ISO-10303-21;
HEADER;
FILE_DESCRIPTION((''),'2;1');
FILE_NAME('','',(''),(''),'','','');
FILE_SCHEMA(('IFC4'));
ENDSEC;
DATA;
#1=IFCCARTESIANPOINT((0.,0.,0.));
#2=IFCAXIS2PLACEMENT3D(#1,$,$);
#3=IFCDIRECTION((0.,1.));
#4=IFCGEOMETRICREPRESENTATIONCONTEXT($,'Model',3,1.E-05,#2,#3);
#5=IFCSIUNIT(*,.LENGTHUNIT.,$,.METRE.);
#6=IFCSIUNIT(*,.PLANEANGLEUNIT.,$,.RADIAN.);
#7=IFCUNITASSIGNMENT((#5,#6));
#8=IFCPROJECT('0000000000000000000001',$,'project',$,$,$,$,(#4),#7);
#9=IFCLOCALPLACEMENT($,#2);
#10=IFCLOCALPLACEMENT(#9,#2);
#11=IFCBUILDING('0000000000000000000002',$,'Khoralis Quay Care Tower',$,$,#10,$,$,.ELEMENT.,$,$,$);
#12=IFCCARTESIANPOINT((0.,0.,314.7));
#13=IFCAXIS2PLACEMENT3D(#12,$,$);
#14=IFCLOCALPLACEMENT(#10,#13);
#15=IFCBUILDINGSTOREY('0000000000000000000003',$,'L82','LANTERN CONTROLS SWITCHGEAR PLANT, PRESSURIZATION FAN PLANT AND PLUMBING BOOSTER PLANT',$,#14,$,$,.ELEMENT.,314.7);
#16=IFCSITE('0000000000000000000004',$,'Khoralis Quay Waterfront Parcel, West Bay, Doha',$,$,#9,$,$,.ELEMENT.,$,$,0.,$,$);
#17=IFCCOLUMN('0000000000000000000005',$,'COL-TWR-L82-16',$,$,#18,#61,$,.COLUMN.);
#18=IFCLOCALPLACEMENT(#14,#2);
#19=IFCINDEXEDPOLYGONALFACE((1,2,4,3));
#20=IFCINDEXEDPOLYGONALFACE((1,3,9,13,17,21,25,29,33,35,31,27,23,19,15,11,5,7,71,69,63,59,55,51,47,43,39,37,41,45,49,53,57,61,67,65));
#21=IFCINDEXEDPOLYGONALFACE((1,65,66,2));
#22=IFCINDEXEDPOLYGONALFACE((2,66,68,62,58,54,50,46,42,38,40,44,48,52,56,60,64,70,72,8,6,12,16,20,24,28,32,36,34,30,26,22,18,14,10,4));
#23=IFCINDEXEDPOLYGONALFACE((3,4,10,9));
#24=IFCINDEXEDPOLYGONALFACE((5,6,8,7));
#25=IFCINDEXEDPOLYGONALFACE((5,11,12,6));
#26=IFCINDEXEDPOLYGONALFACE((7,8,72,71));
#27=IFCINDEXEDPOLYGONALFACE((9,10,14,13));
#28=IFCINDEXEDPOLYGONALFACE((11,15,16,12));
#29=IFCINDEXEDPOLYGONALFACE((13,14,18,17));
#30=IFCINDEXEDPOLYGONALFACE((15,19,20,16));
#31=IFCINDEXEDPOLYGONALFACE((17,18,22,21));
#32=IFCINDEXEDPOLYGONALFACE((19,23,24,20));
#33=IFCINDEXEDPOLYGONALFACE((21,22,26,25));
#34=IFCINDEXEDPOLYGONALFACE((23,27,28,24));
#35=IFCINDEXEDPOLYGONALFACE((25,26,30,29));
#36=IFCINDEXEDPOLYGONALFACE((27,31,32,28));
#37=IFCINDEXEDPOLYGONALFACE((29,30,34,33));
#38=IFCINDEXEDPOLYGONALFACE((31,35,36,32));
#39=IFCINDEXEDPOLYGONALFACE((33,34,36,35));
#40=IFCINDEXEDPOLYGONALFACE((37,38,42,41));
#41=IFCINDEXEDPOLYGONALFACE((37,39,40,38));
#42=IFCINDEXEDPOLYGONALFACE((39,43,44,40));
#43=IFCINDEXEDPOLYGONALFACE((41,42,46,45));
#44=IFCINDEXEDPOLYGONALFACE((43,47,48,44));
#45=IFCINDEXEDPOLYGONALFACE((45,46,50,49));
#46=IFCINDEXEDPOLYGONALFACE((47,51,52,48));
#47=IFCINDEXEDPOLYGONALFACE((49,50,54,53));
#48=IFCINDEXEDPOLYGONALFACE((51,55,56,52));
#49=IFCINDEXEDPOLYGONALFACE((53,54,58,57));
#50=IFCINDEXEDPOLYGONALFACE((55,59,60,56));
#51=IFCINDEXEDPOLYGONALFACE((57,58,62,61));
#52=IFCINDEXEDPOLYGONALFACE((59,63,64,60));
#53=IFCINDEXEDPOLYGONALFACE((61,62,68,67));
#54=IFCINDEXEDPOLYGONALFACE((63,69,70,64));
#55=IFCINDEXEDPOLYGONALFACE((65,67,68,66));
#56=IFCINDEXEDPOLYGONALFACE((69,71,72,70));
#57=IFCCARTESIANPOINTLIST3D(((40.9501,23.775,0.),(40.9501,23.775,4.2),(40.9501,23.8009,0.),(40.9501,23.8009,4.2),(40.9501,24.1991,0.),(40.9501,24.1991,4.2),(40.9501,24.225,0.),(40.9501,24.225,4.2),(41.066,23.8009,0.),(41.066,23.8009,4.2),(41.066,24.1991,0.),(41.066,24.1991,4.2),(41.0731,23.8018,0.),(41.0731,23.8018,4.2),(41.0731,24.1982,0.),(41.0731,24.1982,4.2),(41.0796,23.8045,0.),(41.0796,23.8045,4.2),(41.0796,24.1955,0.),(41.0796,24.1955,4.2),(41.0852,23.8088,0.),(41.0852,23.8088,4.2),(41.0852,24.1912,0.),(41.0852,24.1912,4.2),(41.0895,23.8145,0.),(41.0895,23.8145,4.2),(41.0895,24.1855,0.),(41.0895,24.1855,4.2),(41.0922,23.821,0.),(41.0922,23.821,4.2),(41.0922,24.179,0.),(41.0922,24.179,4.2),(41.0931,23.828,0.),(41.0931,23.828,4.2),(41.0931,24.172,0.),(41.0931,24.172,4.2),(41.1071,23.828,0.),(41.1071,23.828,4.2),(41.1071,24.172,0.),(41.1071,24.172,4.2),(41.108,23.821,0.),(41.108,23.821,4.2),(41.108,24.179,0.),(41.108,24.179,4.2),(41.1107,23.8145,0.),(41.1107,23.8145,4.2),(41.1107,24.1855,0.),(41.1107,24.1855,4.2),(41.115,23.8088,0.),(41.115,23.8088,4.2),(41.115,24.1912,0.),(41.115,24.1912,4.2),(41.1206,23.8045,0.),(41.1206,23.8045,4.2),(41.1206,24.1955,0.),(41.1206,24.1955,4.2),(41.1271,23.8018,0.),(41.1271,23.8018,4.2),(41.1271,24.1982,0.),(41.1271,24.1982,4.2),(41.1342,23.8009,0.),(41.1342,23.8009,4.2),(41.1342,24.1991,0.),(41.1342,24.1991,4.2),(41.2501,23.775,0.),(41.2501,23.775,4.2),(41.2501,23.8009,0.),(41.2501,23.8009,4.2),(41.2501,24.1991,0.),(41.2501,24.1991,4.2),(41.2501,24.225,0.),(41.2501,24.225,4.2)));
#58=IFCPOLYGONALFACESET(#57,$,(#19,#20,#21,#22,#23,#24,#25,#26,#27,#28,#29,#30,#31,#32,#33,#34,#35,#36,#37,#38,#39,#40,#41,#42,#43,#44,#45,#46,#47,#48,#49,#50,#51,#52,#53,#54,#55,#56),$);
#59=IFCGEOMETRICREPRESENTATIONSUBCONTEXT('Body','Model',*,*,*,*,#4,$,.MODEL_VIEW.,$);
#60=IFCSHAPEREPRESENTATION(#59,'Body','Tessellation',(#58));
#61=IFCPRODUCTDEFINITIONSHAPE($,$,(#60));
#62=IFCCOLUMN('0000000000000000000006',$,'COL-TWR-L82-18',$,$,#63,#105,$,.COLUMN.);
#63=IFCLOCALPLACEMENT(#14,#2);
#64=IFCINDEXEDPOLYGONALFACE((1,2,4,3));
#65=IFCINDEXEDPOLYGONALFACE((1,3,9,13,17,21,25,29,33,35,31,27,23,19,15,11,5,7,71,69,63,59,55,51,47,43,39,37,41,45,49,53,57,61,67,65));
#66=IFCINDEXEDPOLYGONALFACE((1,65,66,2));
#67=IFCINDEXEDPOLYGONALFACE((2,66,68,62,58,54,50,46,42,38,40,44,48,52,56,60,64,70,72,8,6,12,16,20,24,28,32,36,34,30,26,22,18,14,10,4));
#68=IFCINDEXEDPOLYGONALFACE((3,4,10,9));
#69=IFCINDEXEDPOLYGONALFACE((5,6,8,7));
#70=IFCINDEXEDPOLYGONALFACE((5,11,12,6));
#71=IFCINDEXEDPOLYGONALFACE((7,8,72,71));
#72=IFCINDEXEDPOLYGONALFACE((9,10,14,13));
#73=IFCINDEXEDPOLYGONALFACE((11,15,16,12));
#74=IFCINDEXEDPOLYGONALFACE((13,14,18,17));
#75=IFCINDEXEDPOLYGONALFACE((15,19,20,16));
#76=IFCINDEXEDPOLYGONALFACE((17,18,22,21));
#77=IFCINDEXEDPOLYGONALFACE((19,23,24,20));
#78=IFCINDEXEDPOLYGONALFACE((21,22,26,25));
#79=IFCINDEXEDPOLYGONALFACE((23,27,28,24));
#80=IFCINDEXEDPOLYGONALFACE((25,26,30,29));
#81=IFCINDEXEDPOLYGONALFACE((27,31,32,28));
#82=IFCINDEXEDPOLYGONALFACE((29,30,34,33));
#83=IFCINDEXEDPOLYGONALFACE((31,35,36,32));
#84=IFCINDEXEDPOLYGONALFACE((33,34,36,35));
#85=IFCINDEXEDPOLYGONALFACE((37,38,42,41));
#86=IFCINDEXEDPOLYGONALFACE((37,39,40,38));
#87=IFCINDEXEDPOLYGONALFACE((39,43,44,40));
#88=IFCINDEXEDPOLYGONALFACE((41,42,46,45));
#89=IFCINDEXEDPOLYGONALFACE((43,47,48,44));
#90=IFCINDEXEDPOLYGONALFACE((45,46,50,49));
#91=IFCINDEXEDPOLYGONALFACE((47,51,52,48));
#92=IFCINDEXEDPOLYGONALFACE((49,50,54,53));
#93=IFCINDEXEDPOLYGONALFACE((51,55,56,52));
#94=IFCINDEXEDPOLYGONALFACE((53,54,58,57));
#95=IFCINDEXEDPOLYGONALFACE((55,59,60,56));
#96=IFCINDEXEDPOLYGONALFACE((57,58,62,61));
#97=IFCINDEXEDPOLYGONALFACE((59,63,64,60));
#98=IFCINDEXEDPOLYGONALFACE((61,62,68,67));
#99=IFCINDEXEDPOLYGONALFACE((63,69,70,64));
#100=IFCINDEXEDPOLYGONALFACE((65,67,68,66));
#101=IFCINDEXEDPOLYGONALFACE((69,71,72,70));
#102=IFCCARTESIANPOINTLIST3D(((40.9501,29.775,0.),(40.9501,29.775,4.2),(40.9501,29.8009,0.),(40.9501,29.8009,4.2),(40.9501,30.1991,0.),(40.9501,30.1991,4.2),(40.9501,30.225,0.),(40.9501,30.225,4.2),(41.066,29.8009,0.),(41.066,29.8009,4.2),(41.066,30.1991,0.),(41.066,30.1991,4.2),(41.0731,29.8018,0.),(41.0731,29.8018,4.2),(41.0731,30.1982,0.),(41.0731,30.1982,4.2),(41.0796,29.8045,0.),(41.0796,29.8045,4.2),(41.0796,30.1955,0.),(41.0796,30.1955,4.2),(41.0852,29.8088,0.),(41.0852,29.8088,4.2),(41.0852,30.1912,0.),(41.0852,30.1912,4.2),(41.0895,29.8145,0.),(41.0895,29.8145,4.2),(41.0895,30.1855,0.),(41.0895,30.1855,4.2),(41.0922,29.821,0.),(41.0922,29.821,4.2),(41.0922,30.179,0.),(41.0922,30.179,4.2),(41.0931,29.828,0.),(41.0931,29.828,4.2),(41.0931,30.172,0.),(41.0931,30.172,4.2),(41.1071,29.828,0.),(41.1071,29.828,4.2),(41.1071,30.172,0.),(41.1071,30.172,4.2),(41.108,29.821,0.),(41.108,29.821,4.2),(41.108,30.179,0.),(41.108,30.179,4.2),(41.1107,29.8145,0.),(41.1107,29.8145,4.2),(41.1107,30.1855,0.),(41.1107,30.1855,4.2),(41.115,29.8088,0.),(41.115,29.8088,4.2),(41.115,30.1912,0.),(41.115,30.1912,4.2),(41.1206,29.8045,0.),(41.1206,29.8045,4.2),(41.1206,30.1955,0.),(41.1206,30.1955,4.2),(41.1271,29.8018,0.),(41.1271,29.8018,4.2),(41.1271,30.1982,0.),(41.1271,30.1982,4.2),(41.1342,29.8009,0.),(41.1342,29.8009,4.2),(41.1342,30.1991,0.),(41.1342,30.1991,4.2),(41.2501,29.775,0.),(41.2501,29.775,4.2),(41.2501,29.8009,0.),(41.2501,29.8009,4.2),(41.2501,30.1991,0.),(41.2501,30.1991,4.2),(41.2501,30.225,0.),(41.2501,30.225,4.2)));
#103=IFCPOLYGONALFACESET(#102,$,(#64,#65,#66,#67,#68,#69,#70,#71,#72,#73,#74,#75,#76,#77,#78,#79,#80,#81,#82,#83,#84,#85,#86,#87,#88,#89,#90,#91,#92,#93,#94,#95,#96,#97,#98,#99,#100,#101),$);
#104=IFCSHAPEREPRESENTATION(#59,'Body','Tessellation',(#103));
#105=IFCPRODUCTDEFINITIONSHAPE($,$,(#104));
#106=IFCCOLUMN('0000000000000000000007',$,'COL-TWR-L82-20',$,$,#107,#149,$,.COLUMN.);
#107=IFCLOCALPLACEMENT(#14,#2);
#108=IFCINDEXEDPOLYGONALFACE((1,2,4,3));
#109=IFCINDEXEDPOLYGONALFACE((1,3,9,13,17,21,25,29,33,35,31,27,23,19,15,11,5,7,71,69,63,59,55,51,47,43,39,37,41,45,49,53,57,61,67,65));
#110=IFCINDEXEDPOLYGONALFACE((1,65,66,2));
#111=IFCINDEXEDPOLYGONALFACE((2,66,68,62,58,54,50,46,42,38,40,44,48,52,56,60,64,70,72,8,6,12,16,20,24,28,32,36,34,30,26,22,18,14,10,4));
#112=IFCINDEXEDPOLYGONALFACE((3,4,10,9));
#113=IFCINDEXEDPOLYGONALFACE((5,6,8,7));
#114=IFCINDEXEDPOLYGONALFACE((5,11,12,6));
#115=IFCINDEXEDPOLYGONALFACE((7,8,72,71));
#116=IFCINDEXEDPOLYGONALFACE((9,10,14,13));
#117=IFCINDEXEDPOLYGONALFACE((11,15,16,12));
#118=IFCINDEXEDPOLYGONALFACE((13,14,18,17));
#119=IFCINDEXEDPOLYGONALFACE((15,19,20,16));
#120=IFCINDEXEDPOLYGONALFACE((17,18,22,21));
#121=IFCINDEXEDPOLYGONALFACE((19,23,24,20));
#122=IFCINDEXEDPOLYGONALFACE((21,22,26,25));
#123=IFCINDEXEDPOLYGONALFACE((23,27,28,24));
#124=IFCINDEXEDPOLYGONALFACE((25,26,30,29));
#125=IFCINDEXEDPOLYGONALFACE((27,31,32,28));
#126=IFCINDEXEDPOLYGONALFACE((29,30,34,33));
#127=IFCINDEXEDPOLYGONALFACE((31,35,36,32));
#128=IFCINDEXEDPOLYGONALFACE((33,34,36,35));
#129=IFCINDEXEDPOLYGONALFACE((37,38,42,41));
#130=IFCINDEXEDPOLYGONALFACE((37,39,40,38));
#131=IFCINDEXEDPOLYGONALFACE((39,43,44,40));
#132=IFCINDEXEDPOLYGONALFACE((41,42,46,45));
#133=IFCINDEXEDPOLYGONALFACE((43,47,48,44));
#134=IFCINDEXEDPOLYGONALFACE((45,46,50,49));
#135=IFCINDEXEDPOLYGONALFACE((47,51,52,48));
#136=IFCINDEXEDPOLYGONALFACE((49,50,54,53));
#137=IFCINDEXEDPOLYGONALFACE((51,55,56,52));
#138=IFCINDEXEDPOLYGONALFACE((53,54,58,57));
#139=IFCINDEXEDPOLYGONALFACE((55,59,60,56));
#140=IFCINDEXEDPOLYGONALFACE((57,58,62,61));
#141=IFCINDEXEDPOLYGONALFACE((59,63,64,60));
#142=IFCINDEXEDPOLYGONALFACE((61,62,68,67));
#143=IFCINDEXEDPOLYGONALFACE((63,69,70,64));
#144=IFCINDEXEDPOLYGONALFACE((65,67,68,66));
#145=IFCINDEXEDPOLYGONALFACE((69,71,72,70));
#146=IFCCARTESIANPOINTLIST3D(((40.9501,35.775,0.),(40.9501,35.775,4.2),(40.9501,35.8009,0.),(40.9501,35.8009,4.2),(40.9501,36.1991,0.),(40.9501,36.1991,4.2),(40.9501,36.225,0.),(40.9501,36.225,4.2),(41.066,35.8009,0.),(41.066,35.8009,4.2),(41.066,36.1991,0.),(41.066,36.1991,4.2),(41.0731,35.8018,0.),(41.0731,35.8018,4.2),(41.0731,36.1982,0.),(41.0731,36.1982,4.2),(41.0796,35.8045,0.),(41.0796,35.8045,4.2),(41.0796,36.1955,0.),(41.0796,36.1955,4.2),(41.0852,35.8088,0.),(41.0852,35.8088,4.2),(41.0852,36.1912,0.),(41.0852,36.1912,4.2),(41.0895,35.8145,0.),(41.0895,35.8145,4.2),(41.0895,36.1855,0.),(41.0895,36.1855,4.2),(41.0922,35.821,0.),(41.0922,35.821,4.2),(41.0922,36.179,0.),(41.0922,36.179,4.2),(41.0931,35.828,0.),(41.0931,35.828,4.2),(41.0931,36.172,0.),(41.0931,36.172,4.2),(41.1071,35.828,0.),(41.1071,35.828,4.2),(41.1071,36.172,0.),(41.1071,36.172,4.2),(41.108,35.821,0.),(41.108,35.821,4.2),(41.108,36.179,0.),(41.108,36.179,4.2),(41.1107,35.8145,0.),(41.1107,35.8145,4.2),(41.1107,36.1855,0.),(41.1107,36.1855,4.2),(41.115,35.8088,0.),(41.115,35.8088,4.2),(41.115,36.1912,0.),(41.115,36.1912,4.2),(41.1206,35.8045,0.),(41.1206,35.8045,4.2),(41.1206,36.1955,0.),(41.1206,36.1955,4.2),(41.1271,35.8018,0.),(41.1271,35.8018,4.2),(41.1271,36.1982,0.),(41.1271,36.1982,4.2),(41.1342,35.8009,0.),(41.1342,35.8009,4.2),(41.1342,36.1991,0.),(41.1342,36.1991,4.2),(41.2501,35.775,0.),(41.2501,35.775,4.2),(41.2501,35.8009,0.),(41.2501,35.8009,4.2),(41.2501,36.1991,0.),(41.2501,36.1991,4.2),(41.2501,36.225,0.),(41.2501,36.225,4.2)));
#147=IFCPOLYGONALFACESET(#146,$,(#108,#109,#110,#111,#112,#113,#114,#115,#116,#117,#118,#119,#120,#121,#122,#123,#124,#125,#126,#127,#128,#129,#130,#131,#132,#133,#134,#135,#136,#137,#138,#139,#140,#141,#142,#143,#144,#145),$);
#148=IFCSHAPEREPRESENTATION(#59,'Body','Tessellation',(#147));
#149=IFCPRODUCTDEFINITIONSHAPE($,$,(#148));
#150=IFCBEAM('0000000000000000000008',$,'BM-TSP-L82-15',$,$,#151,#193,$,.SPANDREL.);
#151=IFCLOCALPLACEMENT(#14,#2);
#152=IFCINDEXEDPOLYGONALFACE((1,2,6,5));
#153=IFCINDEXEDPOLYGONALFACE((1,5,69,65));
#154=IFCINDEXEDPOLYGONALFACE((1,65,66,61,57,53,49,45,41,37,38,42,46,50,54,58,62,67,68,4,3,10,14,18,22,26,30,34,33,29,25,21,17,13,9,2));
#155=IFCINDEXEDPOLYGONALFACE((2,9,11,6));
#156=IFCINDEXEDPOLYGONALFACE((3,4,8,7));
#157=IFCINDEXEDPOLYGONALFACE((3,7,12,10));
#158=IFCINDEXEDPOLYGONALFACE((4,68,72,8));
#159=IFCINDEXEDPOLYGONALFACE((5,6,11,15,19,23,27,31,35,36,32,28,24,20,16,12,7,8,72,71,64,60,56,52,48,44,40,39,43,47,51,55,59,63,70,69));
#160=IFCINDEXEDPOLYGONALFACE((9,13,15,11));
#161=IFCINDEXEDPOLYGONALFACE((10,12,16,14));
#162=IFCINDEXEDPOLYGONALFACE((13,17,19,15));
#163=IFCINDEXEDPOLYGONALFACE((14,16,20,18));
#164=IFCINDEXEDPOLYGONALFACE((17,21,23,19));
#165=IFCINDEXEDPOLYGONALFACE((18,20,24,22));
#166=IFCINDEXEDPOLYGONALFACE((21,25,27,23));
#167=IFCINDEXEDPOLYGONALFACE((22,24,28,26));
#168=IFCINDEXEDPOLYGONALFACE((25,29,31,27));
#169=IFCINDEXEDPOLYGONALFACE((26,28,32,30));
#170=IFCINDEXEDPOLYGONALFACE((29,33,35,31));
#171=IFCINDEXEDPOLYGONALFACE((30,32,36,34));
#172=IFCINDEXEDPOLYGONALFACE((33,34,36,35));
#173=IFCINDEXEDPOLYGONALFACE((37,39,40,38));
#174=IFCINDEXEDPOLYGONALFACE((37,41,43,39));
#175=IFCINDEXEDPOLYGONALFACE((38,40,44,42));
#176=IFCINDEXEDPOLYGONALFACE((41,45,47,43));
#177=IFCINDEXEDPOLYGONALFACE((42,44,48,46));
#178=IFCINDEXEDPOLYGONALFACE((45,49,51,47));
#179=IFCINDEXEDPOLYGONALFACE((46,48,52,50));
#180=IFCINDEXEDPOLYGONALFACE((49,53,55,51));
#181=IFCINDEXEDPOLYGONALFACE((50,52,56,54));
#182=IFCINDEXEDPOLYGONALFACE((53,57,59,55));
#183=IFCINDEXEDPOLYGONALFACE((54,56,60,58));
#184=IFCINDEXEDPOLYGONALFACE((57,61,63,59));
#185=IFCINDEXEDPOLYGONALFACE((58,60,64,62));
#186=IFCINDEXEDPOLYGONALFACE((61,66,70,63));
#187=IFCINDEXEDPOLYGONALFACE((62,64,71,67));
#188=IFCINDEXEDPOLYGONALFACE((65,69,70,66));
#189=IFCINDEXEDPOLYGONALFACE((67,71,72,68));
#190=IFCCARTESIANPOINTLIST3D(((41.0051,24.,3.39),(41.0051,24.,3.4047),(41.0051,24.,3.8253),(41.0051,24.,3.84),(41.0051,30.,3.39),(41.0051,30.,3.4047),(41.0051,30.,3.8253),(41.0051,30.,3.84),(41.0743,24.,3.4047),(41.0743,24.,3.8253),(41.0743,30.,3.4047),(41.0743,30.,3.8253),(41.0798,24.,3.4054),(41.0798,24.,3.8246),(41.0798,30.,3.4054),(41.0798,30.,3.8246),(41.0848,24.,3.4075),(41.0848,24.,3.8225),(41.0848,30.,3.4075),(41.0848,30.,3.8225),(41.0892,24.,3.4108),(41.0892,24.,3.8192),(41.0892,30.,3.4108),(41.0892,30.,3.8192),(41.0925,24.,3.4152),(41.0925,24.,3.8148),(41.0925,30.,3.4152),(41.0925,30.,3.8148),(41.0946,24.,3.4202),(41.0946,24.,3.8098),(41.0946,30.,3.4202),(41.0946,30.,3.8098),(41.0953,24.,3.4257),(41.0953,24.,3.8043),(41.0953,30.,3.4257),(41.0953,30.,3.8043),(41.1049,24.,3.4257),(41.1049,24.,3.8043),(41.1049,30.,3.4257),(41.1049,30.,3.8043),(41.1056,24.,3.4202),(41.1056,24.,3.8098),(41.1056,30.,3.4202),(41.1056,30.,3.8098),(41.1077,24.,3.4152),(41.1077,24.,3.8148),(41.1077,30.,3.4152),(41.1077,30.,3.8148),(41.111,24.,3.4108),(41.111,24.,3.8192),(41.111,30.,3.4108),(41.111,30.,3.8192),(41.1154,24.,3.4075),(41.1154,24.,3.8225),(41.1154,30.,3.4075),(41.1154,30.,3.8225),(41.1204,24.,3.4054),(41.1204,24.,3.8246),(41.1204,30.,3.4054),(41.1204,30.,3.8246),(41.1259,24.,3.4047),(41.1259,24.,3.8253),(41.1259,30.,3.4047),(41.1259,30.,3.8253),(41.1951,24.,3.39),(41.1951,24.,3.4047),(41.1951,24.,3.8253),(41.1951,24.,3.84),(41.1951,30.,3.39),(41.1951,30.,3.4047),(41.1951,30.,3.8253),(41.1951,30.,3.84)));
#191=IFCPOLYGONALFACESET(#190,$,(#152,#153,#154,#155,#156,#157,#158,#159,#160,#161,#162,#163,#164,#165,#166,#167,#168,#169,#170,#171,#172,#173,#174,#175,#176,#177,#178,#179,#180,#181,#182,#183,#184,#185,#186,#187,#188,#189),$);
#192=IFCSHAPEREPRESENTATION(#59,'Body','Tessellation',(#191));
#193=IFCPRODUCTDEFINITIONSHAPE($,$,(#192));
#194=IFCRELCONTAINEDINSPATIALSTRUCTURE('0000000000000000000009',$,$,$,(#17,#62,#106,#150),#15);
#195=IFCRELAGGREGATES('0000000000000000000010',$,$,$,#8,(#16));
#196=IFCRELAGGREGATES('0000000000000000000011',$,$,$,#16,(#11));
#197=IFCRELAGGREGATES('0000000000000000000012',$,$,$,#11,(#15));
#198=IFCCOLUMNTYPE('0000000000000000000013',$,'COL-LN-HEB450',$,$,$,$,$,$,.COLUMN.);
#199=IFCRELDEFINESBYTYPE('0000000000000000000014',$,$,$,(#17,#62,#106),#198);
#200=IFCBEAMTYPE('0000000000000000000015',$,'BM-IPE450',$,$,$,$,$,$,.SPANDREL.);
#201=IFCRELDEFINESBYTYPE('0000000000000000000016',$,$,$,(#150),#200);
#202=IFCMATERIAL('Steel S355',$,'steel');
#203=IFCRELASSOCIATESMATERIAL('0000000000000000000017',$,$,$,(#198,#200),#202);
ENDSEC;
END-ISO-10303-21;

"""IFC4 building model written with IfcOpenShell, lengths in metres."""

from ifc_helpers import new_model, si_unit, direction, frame, origin, origin_2d, place, context, subcontext, project, spatial, i_section, extrude, source, transform, mapped, material, material_profile, profile_set, type_object, element, save


model = new_model("IFC4")

# Units and contexts
model_context = context("Model", 3, precision=1e-05, world=origin(), true_north=direction((0.0, 1.0)))
body_context = subcontext(model_context, "Body", "Model", "MODEL_VIEW")
ifc_project = project(units=[si_unit("LENGTHUNIT", "METRE"), si_unit("PLANEANGLEUNIT", "RADIAN")], contexts=[model_context])

# Site, building, storey
site_placement = place(None, origin())
site = spatial("IfcSite", under=ifc_project, at=site_placement, Name="Khoralis Quay Waterfront Parcel, West Bay, Doha", CompositionType="ELEMENT", RefElevation=0.0)
building_placement = place(site_placement, origin())
building = spatial("IfcBuilding", under=site, at=building_placement, Name="Khoralis Quay Care Tower", CompositionType="ELEMENT")
storey_placement = place(building_placement, frame((0.0, 0.0, 314.7)))
storey = spatial("IfcBuildingStorey", under=building, at=storey_placement, Name="L82", Description="LANTERN CONTROLS SWITCHGEAR PLANT, PRESSURIZATION FAN PLANT AND PLUMBING BOOSTER PLANT", CompositionType="ELEMENT", Elevation=314.7)

# Columns
ifc_material_1 = material(Name="Steel S355", Category="steel")
ifc_material_profile_1 = material_profile(ifc_material_1, i_section(OverallWidth=0.3, OverallDepth=0.45, WebThickness=0.0139, FlangeThickness=0.0259, FilletRadius=0.0271, at=origin_2d()), Name="Steel S355")
ifc_profile_set_1 = profile_set([ifc_material_profile_1], Name="Steel S355")
column_type = type_object("IfcColumnType", Name="COL-LN-HEB450", PredefinedType="COLUMN", material=ifc_profile_set_1)
shared_shape_1 = source(origin(), body_context, "Body", "SweptSolid", [
    extrude(i_section(OverallWidth=0.3, OverallDepth=0.45, WebThickness=0.0139, FlangeThickness=0.0259, FilletRadius=0.0271, at=origin_2d()), origin(), (0.0, 0.0, 1.0), 4.2),
])
for number, where, z_axis, x_axis, name in (
    (1, (41.1001, 24.0, 0.0), (0.0, 0.0, 1.0), (1.0, 0.0, 0.0), "COL-TWR-L82-16"),
    (2, (41.1001, 30.0, 0.0), (0.0, 0.0, 1.0), (1.0, 0.0, 0.0), "COL-TWR-L82-18"),
    (3, (41.1001, 36.0, 0.0), (0.0, 0.0, 1.0), (1.0, 0.0, 0.0), "COL-TWR-L82-20"),
):
    element("IfcColumn", number, at=place(storey_placement, frame(where, z_axis=z_axis, x_axis=x_axis)), inside=storey, type_object=column_type, Name=name, PredefinedType="COLUMN", context=body_context, shape_type="MappedRepresentation", body=[
        mapped(shared_shape_1, transform((0.0, 0.0, 0.0), scale=1.0)),
    ])

# Beam
ifc_material_profile_2 = material_profile(ifc_material_1, i_section(OverallWidth=0.1899, OverallDepth=0.45, WebThickness=0.0095, FlangeThickness=0.0146, FilletRadius=0.021, at=origin_2d()), Name="Steel S355")
ifc_profile_set_2 = profile_set([ifc_material_profile_2], Name="Steel S355")
beam_type = type_object("IfcBeamType", Name="BM-IPE450", PredefinedType="SPANDREL", material=ifc_profile_set_2)
shared_shape_2 = source(origin(), body_context, "Body", "SweptSolid", [
    extrude(i_section(OverallWidth=0.1899, OverallDepth=0.45, WebThickness=0.0095, FlangeThickness=0.0146, FilletRadius=0.021, at=origin_2d()), origin(), (0.0, 0.0, 1.0), 6.0),
])
for number, where, z_axis, x_axis, name in (
    (4, (41.1001, 24.0, 3.615), (0.0, 1.0, 0.0), (-1.0, 0.0, 0.0), "BM-TSP-L82-15"),
):
    element("IfcBeam", number, at=place(storey_placement, frame(where, z_axis=z_axis, x_axis=x_axis)), inside=storey, type_object=beam_type, Name=name, PredefinedType="SPANDREL", context=body_context, shape_type="MappedRepresentation", body=[
        mapped(shared_shape_2, transform((0.0, 0.0, 0.0), scale=1.0)),
    ])

save(model, "model.ifc")
